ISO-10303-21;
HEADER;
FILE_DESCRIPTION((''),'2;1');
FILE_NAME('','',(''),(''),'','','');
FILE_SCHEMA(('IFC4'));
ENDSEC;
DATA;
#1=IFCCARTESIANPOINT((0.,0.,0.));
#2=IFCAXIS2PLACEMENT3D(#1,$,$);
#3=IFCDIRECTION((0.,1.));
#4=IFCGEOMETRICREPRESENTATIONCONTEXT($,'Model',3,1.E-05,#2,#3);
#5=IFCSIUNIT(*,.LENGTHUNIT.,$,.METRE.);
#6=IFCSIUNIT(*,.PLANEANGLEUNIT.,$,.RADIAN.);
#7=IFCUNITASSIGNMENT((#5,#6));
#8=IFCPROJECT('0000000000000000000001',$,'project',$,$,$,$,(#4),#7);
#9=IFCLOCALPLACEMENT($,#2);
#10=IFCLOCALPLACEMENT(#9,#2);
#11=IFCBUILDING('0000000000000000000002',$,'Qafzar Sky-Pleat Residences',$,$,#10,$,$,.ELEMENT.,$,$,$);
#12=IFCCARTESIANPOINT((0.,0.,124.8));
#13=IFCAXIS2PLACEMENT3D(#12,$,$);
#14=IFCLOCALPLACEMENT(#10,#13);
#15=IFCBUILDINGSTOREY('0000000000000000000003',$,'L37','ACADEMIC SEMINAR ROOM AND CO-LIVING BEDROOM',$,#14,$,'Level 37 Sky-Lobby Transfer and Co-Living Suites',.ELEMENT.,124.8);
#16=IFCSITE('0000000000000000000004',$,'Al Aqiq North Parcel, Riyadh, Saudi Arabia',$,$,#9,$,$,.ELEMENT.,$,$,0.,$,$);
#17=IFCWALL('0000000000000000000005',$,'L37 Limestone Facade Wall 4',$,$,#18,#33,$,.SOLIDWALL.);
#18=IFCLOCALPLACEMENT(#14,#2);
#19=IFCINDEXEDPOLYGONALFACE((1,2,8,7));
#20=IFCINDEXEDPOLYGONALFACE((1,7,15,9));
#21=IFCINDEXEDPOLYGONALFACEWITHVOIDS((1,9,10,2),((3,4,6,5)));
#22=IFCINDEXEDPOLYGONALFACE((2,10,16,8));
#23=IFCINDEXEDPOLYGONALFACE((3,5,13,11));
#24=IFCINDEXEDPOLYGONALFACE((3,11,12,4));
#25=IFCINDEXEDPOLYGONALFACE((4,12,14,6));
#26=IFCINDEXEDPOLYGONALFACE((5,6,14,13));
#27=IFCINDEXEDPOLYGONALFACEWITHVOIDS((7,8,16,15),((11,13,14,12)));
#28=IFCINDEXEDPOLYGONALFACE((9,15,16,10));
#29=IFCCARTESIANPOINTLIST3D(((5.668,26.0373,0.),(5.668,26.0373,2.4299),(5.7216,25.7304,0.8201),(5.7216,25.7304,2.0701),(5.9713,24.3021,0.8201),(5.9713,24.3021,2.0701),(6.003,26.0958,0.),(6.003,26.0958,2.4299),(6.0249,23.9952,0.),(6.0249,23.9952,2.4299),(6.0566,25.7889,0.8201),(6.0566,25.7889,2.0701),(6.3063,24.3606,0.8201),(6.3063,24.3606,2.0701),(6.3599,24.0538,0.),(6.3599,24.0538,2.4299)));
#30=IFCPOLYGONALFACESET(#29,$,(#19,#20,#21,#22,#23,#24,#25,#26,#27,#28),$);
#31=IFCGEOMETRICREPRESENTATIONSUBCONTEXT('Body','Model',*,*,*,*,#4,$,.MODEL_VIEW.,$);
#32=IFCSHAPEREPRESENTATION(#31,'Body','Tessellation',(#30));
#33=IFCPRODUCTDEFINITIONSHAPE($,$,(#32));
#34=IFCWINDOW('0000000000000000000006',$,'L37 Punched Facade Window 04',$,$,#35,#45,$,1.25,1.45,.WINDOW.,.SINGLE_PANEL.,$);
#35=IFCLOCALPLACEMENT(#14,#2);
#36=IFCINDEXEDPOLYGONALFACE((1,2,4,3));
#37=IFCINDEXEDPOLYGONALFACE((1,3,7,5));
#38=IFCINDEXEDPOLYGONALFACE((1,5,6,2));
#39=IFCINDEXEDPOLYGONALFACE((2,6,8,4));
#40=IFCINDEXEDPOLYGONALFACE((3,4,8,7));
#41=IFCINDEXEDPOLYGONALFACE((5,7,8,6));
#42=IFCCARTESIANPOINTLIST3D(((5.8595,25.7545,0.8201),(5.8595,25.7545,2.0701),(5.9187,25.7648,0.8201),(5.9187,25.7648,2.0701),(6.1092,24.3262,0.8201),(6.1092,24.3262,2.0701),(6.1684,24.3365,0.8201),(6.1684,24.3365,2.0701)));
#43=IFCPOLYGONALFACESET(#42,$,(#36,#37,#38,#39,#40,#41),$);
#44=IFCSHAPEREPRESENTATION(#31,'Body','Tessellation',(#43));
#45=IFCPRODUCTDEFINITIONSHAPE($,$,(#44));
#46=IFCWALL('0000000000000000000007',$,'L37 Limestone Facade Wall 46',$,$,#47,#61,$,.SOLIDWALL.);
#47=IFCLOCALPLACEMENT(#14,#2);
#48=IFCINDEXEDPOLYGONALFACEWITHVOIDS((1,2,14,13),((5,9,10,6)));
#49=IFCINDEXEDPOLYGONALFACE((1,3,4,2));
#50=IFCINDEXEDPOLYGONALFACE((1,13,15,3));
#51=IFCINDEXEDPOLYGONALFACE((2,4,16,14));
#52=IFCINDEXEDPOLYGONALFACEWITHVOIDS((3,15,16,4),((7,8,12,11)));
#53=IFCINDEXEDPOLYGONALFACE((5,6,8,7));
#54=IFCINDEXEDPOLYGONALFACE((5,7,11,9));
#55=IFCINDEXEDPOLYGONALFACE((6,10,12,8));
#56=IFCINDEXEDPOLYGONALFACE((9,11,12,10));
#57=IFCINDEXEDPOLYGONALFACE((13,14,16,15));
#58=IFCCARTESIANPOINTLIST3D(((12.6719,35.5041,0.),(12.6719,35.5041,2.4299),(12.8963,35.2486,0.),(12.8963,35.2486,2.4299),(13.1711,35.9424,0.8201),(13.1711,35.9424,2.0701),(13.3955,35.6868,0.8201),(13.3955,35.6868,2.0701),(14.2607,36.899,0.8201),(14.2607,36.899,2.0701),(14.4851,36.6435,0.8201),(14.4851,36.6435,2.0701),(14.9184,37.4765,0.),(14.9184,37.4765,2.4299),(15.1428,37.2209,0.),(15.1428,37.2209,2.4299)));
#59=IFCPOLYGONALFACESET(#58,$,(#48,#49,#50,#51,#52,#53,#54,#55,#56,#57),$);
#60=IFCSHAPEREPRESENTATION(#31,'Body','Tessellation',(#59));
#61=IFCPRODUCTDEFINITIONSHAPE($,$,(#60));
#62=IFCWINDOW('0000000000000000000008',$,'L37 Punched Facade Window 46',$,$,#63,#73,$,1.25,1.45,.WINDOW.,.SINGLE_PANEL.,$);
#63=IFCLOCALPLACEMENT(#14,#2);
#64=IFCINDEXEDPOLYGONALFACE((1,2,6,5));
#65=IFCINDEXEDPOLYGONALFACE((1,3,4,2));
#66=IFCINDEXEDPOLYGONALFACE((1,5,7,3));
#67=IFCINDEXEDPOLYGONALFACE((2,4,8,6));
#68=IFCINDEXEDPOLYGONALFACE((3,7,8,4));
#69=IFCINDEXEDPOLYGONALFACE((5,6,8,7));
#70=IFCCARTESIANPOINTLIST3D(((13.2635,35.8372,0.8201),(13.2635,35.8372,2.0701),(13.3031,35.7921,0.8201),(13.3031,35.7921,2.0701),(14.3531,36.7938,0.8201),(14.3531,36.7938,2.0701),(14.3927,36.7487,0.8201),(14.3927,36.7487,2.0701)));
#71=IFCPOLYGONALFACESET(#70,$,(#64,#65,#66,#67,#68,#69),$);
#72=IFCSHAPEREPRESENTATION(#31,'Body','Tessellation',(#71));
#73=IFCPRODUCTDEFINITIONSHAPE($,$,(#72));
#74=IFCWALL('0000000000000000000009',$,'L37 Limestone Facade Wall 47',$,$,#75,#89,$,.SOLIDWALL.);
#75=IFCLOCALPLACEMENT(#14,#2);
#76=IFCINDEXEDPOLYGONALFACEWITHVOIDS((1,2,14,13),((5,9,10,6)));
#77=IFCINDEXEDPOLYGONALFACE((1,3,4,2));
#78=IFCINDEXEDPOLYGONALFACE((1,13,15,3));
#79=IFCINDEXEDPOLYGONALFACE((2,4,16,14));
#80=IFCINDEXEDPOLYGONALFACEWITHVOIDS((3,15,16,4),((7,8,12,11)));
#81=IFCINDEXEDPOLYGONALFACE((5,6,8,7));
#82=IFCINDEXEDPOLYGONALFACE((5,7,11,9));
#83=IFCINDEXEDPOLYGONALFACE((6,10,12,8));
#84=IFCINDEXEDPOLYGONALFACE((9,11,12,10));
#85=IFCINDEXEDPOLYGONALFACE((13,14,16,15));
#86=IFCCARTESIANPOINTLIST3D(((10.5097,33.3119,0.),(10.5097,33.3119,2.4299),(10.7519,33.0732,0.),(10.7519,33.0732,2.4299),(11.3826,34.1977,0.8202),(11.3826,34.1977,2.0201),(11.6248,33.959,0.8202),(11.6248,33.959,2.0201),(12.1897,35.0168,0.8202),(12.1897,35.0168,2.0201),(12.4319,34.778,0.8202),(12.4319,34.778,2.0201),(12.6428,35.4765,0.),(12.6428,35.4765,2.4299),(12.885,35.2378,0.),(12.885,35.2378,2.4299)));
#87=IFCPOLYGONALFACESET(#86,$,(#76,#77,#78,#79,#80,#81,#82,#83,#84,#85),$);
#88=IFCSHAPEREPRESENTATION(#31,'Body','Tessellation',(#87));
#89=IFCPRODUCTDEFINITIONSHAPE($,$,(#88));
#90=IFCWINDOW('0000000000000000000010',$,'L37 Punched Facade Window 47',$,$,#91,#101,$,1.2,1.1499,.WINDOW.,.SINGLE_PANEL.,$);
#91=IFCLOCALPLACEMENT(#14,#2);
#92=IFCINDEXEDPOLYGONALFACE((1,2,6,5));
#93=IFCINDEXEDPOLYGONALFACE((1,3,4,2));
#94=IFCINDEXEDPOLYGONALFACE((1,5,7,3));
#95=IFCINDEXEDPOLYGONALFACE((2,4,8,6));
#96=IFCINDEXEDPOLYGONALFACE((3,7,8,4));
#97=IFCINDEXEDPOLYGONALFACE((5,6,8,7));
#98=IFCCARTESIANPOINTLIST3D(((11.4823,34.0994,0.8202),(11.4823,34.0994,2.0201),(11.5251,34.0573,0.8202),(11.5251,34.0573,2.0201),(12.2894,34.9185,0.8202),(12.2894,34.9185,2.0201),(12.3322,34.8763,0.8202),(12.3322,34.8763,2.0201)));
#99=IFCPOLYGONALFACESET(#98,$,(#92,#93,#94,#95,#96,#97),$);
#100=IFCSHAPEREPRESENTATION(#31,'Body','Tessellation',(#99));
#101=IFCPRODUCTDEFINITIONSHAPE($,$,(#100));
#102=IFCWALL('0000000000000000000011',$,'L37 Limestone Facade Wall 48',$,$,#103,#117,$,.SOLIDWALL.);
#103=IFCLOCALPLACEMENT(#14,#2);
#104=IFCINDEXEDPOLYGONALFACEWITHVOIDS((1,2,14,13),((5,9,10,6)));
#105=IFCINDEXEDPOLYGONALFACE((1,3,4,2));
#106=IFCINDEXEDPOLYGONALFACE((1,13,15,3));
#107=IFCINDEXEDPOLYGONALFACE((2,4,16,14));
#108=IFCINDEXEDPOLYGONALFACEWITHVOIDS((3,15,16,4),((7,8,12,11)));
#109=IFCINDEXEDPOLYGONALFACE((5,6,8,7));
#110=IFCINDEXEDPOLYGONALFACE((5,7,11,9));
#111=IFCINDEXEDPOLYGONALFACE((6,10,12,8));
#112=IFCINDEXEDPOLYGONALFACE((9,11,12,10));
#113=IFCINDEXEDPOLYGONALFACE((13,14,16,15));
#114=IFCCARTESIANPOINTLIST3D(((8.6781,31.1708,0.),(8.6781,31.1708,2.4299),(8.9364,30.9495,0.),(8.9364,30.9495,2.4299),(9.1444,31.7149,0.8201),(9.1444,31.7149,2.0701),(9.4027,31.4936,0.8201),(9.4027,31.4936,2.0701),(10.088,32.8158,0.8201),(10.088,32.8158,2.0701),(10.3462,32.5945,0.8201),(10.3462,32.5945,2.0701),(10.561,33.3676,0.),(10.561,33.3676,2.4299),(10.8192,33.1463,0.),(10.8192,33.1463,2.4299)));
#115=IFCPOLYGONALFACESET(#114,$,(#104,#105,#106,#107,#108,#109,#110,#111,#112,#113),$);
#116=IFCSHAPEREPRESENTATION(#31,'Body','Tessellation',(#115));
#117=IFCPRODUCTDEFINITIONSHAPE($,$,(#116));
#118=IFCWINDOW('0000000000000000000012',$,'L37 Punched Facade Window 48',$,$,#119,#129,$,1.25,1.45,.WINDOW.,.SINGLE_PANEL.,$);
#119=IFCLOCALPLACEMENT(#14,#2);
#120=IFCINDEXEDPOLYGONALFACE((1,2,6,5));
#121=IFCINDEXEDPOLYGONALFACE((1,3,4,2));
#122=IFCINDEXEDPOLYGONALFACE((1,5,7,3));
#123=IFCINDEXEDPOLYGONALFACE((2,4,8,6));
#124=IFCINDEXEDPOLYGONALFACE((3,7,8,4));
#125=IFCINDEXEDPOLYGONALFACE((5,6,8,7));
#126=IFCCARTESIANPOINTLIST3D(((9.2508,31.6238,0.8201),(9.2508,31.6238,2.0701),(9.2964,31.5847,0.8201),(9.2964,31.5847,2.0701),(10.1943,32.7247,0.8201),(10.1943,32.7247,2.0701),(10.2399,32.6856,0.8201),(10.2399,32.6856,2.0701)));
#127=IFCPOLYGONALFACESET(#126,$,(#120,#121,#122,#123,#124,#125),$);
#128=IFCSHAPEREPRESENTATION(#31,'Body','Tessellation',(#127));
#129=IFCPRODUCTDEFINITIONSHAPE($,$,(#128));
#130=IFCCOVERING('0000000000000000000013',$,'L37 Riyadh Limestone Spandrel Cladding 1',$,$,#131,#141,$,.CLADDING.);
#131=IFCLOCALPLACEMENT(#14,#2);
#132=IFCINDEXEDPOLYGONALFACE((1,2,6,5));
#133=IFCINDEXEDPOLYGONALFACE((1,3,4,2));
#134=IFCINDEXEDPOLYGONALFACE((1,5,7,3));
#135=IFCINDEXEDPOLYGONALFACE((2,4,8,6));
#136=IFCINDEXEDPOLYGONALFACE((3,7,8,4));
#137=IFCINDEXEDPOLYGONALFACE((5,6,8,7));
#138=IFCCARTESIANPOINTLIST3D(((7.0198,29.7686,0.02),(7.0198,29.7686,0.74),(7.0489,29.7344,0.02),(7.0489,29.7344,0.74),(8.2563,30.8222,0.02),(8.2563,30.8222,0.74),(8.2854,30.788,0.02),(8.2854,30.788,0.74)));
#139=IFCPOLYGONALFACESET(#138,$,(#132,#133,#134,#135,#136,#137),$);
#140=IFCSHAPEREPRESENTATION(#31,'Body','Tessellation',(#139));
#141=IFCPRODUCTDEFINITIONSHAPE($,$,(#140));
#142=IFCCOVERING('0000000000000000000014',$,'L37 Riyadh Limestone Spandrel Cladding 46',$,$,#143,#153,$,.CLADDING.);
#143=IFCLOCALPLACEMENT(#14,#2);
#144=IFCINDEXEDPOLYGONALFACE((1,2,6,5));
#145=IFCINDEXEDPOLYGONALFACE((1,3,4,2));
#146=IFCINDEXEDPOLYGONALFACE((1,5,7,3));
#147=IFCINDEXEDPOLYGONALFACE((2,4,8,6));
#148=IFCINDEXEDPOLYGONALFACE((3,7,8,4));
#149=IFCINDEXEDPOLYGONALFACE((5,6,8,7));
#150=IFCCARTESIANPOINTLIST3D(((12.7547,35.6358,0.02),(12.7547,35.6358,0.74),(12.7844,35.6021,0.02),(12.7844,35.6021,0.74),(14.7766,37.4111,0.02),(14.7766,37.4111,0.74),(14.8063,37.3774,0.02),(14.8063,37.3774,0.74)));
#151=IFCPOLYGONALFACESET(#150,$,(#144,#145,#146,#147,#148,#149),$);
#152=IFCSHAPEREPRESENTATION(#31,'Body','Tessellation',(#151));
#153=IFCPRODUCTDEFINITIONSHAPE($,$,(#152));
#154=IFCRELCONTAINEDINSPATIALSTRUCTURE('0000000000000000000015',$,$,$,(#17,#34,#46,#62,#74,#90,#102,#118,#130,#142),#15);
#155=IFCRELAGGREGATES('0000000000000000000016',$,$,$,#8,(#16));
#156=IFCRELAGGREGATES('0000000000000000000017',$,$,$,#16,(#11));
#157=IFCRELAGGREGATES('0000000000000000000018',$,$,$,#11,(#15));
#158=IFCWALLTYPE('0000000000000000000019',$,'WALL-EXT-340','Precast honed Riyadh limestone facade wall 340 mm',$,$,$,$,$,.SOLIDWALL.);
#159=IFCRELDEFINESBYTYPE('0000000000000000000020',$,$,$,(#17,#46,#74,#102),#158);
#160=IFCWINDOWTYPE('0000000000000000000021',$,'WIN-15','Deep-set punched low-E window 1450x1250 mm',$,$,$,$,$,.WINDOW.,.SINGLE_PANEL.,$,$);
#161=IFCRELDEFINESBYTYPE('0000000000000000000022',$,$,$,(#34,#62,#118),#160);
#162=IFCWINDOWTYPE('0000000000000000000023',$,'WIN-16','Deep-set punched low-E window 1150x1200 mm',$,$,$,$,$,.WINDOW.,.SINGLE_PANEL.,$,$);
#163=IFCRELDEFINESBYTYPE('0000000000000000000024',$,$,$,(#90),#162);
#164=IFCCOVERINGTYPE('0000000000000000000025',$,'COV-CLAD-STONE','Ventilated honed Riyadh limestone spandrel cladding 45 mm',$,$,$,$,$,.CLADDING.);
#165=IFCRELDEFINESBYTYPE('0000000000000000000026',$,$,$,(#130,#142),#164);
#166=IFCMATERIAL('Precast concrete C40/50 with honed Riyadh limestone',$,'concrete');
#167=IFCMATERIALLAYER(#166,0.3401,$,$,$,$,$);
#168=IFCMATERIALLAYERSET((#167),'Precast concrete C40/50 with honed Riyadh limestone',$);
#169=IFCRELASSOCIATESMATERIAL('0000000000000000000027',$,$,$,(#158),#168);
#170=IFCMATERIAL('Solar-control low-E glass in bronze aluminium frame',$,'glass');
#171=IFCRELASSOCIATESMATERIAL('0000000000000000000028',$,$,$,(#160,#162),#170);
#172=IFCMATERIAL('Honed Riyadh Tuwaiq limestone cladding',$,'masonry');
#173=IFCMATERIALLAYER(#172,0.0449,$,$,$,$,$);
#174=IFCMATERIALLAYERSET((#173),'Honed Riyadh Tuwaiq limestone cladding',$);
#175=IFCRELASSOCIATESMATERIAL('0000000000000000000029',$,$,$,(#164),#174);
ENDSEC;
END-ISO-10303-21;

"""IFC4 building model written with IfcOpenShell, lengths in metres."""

from ifc_helpers import new_model, si_unit, direction, frame, frame_2d, origin, origin_2d, place, context, subcontext, project, spatial, rectangle, extrude, source, transform, mapped, material, layer, layer_set, type_object, element, fill, save


model = new_model("IFC4")

# Units and contexts
model_context = context("Model", 3, precision=1e-05, world=origin(), true_north=direction((0.0, 1.0)))
body_context = subcontext(model_context, "Body", "Model", "MODEL_VIEW")
ifc_project = project(units=[si_unit("LENGTHUNIT", "METRE"), si_unit("PLANEANGLEUNIT", "RADIAN")], contexts=[model_context])

# Site, building, storey
site_placement = place(None, origin())
site = spatial("IfcSite", under=ifc_project, at=site_placement, Name="Al Aqiq North Parcel, Riyadh, Saudi Arabia", CompositionType="ELEMENT", RefElevation=0.0)
building_placement = place(site_placement, origin())
building = spatial("IfcBuilding", under=site, at=building_placement, Name="Qafzar Sky-Pleat Residences", CompositionType="ELEMENT")
storey_placement = place(building_placement, frame((0.0, 0.0, 124.8)))
storey = spatial("IfcBuildingStorey", under=building, at=storey_placement, Name="L37", Description="ACADEMIC SEMINAR ROOM AND CO-LIVING BEDROOM", LongName="Level 37 Sky-Lobby Transfer and Co-Living Suites", CompositionType="ELEMENT", Elevation=124.8)

# Shared definitions
ifc_material_1 = material(Name="Precast concrete C40/50 with honed Riyadh limestone", Category="concrete")
ifc_layer_1 = layer(ifc_material_1, 0.3401)
ifc_layer_set_1 = layer_set([ifc_layer_1], Name="Precast concrete C40/50 with honed Riyadh limestone")
wall_type_1 = type_object("IfcWallType", Name="WALL-EXT-340", Description="Precast honed Riyadh limestone facade wall 340 mm", PredefinedType="SOLIDWALL", material=ifc_layer_set_1)

# Walls, openings, windows
ifc_material_2 = material(Name="Solar-control low-E glass in bronze aluminium frame", Category="glass")
window_type_1 = type_object("IfcWindowType", Name="WIN-15", Description="Deep-set punched low-E window 1450x1250 mm", PartitioningType="SINGLE_PANEL", PredefinedType="WINDOW", material=ifc_material_2)
shared_shape_1 = source(origin(), body_context, "Body", "SweptSolid", [
    extrude(rectangle(XDim=1.45, YDim=1.25, at=frame_2d((0.7251, 0.625))), frame((0.0, 0.03, 0.0), z_axis=(0.0, -1.0, 0.0), x_axis=(1.0, 0.0, 0.0)), (0.0, 0.0, 1.0), 0.0601),
])
wall_1_placement = place(storey_placement, frame((5.8354, 26.0667, 0.0), z_axis=(0.0, 0.0, 1.0), x_axis=(0.172186, -0.985064, 0.0)))
wall_1 = element("IfcWall", 1, at=wall_1_placement, inside=storey, type_object=wall_type_1, Name="L37 Limestone Facade Wall 4", PredefinedType="SOLIDWALL", context=body_context, shape_type="SweptSolid", body=[
    extrude(rectangle(XDim=2.073, YDim=0.3401, at=frame_2d((1.0366, 0.0))), origin(), (0.0, 0.0, 1.0), 2.4299),
])
opening_1_placement = place(wall_1_placement, frame((0.3115, 0.0, 0.8201)))
opening_1 = element("IfcOpeningElement", 2, at=opening_1_placement, cuts=wall_1, PredefinedType="OPENING", context=body_context, shape_type="SweptSolid", body=[
    extrude(rectangle(XDim=1.45, YDim=1.25, at=frame_2d((0.7251, 0.625))), frame((0.0, 0.1802, 0.0), z_axis=(0.0, -1.0, 0.0), x_axis=(1.0, 0.0, 0.0)), (0.0, 0.0, 1.0), 0.3601),
])
window_1_placement = place(opening_1_placement, origin())
window_1 = element("IfcWindow", 3, at=window_1_placement, inside=storey, type_object=window_type_1, Name="L37 Punched Facade Window 04", OverallHeight=1.25, OverallWidth=1.45, PartitioningType="SINGLE_PANEL", PredefinedType="WINDOW", context=body_context, shape_type="MappedRepresentation", body=[
    mapped(shared_shape_1, transform((0.0, 0.0, 0.0), x_axis=(1.0, 0.0, 0.0), y_axis=(0.0, 1.0, 0.0), z_axis=(0.0, 0.0, 1.0), scale=1.0)),
])
fill(opening_1, window_1)
wall_2_placement = place(storey_placement, frame((15.0305, 37.3486, 0.0), z_axis=(0.0, 0.0, 1.0), x_axis=(-0.751473, -0.659764, 0.0)))
wall_2 = element("IfcWall", 4, at=wall_2_placement, inside=storey, type_object=wall_type_1, Name="L37 Limestone Facade Wall 46", PredefinedType="SOLIDWALL", context=body_context, shape_type="SweptSolid", body=[
    extrude(rectangle(XDim=2.9895, YDim=0.3401, at=frame_2d((1.4946, 0.0))), origin(), (0.0, 0.0, 1.0), 2.4299),
])
opening_2_placement = place(wall_2_placement, frame((0.875, 0.0, 0.8201)))
opening_2 = element("IfcOpeningElement", 5, at=opening_2_placement, cuts=wall_2, PredefinedType="OPENING", context=body_context, shape_type="SweptSolid", body=[
    extrude(rectangle(XDim=1.45, YDim=1.25, at=frame_2d((0.7251, 0.625))), frame((0.0, 0.1802, 0.0), z_axis=(0.0, -1.0, 0.0), x_axis=(1.0, 0.0, 0.0)), (0.0, 0.0, 1.0), 0.3601),
])
window_2_placement = place(opening_2_placement, origin())
window_2 = element("IfcWindow", 6, at=window_2_placement, inside=storey, type_object=window_type_1, Name="L37 Punched Facade Window 46", OverallHeight=1.25, OverallWidth=1.45, PartitioningType="SINGLE_PANEL", PredefinedType="WINDOW", context=body_context, shape_type="MappedRepresentation", body=[
    mapped(shared_shape_1, transform((0.0, 0.0, 0.0), x_axis=(1.0, 0.0, 0.0), y_axis=(0.0, 1.0, 0.0), z_axis=(0.0, 0.0, 1.0), scale=1.0)),
])
fill(opening_2, window_2)
wall_3_placement = place(storey_placement, frame((12.7639, 35.3572, 0.0), z_axis=(0.0, 0.0, 1.0), x_axis=(-0.701906, -0.71227, 0.0)))
wall_3 = element("IfcWall", 7, at=wall_3_placement, inside=storey, type_object=wall_type_1, Name="L37 Limestone Facade Wall 47", PredefinedType="SOLIDWALL", context=body_context, shape_type="SweptSolid", body=[
    extrude(rectangle(XDim=3.0391, YDim=0.3401, at=frame_2d((1.5195, 0.0))), origin(), (0.0, 0.0, 1.0), 2.4299),
])
opening_3_placement = place(wall_3_placement, frame((0.6455, 0.0, 0.8201)))
opening_3 = element("IfcOpeningElement", 8, at=opening_3_placement, cuts=wall_3, PredefinedType="OPENING", context=body_context, shape_type="SweptSolid", body=[
    extrude(rectangle(XDim=1.1499, YDim=1.2, at=frame_2d((0.575, 0.6001))), frame((0.0, 0.1802, 0.0), z_axis=(0.0, -1.0, 0.0), x_axis=(1.0, 0.0, 0.0)), (0.0, 0.0, 1.0), 0.3601),
])
window_type_2 = type_object("IfcWindowType", Name="WIN-16", Description="Deep-set punched low-E window 1150x1200 mm", PartitioningType="SINGLE_PANEL", PredefinedType="WINDOW", material=ifc_material_2)
shared_shape_2 = source(origin(), body_context, "Body", "SweptSolid", [
    extrude(rectangle(XDim=1.1499, YDim=1.2, at=frame_2d((0.575, 0.6001))), frame((0.0, 0.03, 0.0), z_axis=(0.0, -1.0, 0.0), x_axis=(1.0, 0.0, 0.0)), (0.0, 0.0, 1.0), 0.0601),
])
window_3_placement = place(opening_3_placement, origin())
window_3 = element("IfcWindow", 9, at=window_3_placement, inside=storey, type_object=window_type_2, Name="L37 Punched Facade Window 47", OverallHeight=1.2, OverallWidth=1.1499, PartitioningType="SINGLE_PANEL", PredefinedType="WINDOW", context=body_context, shape_type="MappedRepresentation", body=[
    mapped(shared_shape_2, transform((0.0, 0.0, 0.0), x_axis=(1.0, 0.0, 0.0), y_axis=(0.0, 1.0, 0.0), z_axis=(0.0, 0.0, 1.0), scale=1.0)),
])
fill(opening_3, window_3)
wall_4_placement = place(storey_placement, frame((10.6902, 33.2571, 0.0), z_axis=(0.0, 0.0, 1.0), x_axis=(-0.650764, -0.75928, 0.0)))
wall_4 = element("IfcWall", 10, at=wall_4_placement, inside=storey, type_object=wall_type_1, Name="L37 Limestone Facade Wall 48", PredefinedType="SOLIDWALL", context=body_context, shape_type="SweptSolid", body=[
    extrude(rectangle(XDim=2.8933, YDim=0.3401, at=frame_2d((1.4468, 0.0))), origin(), (0.0, 0.0, 1.0), 2.4299),
])
opening_4_placement = place(wall_4_placement, frame((0.7268, 0.0, 0.8201)))
opening_4 = element("IfcOpeningElement", 11, at=opening_4_placement, cuts=wall_4, PredefinedType="OPENING", context=body_context, shape_type="SweptSolid", body=[
    extrude(rectangle(XDim=1.45, YDim=1.25, at=frame_2d((0.7251, 0.625))), frame((0.0, 0.1802, 0.0), z_axis=(0.0, -1.0, 0.0), x_axis=(1.0, 0.0, 0.0)), (0.0, 0.0, 1.0), 0.3601),
])
window_4_placement = place(opening_4_placement, origin())
window_4 = element("IfcWindow", 12, at=window_4_placement, inside=storey, type_object=window_type_1, Name="L37 Punched Facade Window 48", OverallHeight=1.25, OverallWidth=1.45, PartitioningType="SINGLE_PANEL", PredefinedType="WINDOW", context=body_context, shape_type="MappedRepresentation", body=[
    mapped(shared_shape_1, transform((0.0, 0.0, 0.0), x_axis=(1.0, 0.0, 0.0), y_axis=(0.0, 1.0, 0.0), z_axis=(0.0, 0.0, 1.0), scale=1.0)),
])
fill(opening_4, window_4)

# Coverings
ifc_material_3 = material(Name="Honed Riyadh Tuwaiq limestone cladding", Category="masonry")
ifc_layer_2 = layer(ifc_material_3, 0.0449)
ifc_layer_set_2 = layer_set([ifc_layer_2], Name="Honed Riyadh Tuwaiq limestone cladding")
covering_type = type_object("IfcCoveringType", Name="COV-CLAD-STONE", Description="Ventilated honed Riyadh limestone spandrel cladding 45 mm", PredefinedType="CLADDING", material=ifc_layer_set_2)
shared_shape_3 = source(origin(), body_context, "Body", "SweptSolid", [
    extrude(rectangle(XDim=1.6245, YDim=0.0449, at=origin_2d()), origin(), (0.0, 0.0, 1.0), 0.72),
])
covering_1_placement = place(storey_placement, frame((7.6526, 30.2783, 0.02), z_axis=(0.0, 0.0, 1.0), x_axis=(-0.761154, -0.648571, 0.0)))
element("IfcCovering", 13, at=covering_1_placement, inside=storey, type_object=covering_type, Name="L37 Riyadh Limestone Spandrel Cladding 1", PredefinedType="CLADDING", context=body_context, shape_type="MappedRepresentation", body=[
    mapped(shared_shape_3, transform((0.0, 0.0, 0.0), x_axis=(1.0, 0.0, 0.0), y_axis=(0.0, 1.0, 0.0), z_axis=(0.0, 0.0, 1.0), scale=1.0)),
])
shared_shape_4 = source(origin(), body_context, "Body", "SweptSolid", [
    extrude(rectangle(XDim=2.6907, YDim=0.0449, at=origin_2d()), origin(), (0.0, 0.0, 1.0), 0.72),
])
covering_2_placement = place(storey_placement, frame((13.7805, 36.5066, 0.02), z_axis=(0.0, 0.0, 1.0), x_axis=(-0.751446, -0.659794, 0.0)))
element("IfcCovering", 14, at=covering_2_placement, inside=storey, type_object=covering_type, Name="L37 Riyadh Limestone Spandrel Cladding 46", PredefinedType="CLADDING", context=body_context, shape_type="MappedRepresentation", body=[
    mapped(shared_shape_4, transform((0.0, 0.0, 0.0), x_axis=(1.0, 0.0, 0.0), y_axis=(0.0, 1.0, 0.0), z_axis=(0.0, 0.0, 1.0), scale=1.0)),
])

save(model, "model.ifc")
